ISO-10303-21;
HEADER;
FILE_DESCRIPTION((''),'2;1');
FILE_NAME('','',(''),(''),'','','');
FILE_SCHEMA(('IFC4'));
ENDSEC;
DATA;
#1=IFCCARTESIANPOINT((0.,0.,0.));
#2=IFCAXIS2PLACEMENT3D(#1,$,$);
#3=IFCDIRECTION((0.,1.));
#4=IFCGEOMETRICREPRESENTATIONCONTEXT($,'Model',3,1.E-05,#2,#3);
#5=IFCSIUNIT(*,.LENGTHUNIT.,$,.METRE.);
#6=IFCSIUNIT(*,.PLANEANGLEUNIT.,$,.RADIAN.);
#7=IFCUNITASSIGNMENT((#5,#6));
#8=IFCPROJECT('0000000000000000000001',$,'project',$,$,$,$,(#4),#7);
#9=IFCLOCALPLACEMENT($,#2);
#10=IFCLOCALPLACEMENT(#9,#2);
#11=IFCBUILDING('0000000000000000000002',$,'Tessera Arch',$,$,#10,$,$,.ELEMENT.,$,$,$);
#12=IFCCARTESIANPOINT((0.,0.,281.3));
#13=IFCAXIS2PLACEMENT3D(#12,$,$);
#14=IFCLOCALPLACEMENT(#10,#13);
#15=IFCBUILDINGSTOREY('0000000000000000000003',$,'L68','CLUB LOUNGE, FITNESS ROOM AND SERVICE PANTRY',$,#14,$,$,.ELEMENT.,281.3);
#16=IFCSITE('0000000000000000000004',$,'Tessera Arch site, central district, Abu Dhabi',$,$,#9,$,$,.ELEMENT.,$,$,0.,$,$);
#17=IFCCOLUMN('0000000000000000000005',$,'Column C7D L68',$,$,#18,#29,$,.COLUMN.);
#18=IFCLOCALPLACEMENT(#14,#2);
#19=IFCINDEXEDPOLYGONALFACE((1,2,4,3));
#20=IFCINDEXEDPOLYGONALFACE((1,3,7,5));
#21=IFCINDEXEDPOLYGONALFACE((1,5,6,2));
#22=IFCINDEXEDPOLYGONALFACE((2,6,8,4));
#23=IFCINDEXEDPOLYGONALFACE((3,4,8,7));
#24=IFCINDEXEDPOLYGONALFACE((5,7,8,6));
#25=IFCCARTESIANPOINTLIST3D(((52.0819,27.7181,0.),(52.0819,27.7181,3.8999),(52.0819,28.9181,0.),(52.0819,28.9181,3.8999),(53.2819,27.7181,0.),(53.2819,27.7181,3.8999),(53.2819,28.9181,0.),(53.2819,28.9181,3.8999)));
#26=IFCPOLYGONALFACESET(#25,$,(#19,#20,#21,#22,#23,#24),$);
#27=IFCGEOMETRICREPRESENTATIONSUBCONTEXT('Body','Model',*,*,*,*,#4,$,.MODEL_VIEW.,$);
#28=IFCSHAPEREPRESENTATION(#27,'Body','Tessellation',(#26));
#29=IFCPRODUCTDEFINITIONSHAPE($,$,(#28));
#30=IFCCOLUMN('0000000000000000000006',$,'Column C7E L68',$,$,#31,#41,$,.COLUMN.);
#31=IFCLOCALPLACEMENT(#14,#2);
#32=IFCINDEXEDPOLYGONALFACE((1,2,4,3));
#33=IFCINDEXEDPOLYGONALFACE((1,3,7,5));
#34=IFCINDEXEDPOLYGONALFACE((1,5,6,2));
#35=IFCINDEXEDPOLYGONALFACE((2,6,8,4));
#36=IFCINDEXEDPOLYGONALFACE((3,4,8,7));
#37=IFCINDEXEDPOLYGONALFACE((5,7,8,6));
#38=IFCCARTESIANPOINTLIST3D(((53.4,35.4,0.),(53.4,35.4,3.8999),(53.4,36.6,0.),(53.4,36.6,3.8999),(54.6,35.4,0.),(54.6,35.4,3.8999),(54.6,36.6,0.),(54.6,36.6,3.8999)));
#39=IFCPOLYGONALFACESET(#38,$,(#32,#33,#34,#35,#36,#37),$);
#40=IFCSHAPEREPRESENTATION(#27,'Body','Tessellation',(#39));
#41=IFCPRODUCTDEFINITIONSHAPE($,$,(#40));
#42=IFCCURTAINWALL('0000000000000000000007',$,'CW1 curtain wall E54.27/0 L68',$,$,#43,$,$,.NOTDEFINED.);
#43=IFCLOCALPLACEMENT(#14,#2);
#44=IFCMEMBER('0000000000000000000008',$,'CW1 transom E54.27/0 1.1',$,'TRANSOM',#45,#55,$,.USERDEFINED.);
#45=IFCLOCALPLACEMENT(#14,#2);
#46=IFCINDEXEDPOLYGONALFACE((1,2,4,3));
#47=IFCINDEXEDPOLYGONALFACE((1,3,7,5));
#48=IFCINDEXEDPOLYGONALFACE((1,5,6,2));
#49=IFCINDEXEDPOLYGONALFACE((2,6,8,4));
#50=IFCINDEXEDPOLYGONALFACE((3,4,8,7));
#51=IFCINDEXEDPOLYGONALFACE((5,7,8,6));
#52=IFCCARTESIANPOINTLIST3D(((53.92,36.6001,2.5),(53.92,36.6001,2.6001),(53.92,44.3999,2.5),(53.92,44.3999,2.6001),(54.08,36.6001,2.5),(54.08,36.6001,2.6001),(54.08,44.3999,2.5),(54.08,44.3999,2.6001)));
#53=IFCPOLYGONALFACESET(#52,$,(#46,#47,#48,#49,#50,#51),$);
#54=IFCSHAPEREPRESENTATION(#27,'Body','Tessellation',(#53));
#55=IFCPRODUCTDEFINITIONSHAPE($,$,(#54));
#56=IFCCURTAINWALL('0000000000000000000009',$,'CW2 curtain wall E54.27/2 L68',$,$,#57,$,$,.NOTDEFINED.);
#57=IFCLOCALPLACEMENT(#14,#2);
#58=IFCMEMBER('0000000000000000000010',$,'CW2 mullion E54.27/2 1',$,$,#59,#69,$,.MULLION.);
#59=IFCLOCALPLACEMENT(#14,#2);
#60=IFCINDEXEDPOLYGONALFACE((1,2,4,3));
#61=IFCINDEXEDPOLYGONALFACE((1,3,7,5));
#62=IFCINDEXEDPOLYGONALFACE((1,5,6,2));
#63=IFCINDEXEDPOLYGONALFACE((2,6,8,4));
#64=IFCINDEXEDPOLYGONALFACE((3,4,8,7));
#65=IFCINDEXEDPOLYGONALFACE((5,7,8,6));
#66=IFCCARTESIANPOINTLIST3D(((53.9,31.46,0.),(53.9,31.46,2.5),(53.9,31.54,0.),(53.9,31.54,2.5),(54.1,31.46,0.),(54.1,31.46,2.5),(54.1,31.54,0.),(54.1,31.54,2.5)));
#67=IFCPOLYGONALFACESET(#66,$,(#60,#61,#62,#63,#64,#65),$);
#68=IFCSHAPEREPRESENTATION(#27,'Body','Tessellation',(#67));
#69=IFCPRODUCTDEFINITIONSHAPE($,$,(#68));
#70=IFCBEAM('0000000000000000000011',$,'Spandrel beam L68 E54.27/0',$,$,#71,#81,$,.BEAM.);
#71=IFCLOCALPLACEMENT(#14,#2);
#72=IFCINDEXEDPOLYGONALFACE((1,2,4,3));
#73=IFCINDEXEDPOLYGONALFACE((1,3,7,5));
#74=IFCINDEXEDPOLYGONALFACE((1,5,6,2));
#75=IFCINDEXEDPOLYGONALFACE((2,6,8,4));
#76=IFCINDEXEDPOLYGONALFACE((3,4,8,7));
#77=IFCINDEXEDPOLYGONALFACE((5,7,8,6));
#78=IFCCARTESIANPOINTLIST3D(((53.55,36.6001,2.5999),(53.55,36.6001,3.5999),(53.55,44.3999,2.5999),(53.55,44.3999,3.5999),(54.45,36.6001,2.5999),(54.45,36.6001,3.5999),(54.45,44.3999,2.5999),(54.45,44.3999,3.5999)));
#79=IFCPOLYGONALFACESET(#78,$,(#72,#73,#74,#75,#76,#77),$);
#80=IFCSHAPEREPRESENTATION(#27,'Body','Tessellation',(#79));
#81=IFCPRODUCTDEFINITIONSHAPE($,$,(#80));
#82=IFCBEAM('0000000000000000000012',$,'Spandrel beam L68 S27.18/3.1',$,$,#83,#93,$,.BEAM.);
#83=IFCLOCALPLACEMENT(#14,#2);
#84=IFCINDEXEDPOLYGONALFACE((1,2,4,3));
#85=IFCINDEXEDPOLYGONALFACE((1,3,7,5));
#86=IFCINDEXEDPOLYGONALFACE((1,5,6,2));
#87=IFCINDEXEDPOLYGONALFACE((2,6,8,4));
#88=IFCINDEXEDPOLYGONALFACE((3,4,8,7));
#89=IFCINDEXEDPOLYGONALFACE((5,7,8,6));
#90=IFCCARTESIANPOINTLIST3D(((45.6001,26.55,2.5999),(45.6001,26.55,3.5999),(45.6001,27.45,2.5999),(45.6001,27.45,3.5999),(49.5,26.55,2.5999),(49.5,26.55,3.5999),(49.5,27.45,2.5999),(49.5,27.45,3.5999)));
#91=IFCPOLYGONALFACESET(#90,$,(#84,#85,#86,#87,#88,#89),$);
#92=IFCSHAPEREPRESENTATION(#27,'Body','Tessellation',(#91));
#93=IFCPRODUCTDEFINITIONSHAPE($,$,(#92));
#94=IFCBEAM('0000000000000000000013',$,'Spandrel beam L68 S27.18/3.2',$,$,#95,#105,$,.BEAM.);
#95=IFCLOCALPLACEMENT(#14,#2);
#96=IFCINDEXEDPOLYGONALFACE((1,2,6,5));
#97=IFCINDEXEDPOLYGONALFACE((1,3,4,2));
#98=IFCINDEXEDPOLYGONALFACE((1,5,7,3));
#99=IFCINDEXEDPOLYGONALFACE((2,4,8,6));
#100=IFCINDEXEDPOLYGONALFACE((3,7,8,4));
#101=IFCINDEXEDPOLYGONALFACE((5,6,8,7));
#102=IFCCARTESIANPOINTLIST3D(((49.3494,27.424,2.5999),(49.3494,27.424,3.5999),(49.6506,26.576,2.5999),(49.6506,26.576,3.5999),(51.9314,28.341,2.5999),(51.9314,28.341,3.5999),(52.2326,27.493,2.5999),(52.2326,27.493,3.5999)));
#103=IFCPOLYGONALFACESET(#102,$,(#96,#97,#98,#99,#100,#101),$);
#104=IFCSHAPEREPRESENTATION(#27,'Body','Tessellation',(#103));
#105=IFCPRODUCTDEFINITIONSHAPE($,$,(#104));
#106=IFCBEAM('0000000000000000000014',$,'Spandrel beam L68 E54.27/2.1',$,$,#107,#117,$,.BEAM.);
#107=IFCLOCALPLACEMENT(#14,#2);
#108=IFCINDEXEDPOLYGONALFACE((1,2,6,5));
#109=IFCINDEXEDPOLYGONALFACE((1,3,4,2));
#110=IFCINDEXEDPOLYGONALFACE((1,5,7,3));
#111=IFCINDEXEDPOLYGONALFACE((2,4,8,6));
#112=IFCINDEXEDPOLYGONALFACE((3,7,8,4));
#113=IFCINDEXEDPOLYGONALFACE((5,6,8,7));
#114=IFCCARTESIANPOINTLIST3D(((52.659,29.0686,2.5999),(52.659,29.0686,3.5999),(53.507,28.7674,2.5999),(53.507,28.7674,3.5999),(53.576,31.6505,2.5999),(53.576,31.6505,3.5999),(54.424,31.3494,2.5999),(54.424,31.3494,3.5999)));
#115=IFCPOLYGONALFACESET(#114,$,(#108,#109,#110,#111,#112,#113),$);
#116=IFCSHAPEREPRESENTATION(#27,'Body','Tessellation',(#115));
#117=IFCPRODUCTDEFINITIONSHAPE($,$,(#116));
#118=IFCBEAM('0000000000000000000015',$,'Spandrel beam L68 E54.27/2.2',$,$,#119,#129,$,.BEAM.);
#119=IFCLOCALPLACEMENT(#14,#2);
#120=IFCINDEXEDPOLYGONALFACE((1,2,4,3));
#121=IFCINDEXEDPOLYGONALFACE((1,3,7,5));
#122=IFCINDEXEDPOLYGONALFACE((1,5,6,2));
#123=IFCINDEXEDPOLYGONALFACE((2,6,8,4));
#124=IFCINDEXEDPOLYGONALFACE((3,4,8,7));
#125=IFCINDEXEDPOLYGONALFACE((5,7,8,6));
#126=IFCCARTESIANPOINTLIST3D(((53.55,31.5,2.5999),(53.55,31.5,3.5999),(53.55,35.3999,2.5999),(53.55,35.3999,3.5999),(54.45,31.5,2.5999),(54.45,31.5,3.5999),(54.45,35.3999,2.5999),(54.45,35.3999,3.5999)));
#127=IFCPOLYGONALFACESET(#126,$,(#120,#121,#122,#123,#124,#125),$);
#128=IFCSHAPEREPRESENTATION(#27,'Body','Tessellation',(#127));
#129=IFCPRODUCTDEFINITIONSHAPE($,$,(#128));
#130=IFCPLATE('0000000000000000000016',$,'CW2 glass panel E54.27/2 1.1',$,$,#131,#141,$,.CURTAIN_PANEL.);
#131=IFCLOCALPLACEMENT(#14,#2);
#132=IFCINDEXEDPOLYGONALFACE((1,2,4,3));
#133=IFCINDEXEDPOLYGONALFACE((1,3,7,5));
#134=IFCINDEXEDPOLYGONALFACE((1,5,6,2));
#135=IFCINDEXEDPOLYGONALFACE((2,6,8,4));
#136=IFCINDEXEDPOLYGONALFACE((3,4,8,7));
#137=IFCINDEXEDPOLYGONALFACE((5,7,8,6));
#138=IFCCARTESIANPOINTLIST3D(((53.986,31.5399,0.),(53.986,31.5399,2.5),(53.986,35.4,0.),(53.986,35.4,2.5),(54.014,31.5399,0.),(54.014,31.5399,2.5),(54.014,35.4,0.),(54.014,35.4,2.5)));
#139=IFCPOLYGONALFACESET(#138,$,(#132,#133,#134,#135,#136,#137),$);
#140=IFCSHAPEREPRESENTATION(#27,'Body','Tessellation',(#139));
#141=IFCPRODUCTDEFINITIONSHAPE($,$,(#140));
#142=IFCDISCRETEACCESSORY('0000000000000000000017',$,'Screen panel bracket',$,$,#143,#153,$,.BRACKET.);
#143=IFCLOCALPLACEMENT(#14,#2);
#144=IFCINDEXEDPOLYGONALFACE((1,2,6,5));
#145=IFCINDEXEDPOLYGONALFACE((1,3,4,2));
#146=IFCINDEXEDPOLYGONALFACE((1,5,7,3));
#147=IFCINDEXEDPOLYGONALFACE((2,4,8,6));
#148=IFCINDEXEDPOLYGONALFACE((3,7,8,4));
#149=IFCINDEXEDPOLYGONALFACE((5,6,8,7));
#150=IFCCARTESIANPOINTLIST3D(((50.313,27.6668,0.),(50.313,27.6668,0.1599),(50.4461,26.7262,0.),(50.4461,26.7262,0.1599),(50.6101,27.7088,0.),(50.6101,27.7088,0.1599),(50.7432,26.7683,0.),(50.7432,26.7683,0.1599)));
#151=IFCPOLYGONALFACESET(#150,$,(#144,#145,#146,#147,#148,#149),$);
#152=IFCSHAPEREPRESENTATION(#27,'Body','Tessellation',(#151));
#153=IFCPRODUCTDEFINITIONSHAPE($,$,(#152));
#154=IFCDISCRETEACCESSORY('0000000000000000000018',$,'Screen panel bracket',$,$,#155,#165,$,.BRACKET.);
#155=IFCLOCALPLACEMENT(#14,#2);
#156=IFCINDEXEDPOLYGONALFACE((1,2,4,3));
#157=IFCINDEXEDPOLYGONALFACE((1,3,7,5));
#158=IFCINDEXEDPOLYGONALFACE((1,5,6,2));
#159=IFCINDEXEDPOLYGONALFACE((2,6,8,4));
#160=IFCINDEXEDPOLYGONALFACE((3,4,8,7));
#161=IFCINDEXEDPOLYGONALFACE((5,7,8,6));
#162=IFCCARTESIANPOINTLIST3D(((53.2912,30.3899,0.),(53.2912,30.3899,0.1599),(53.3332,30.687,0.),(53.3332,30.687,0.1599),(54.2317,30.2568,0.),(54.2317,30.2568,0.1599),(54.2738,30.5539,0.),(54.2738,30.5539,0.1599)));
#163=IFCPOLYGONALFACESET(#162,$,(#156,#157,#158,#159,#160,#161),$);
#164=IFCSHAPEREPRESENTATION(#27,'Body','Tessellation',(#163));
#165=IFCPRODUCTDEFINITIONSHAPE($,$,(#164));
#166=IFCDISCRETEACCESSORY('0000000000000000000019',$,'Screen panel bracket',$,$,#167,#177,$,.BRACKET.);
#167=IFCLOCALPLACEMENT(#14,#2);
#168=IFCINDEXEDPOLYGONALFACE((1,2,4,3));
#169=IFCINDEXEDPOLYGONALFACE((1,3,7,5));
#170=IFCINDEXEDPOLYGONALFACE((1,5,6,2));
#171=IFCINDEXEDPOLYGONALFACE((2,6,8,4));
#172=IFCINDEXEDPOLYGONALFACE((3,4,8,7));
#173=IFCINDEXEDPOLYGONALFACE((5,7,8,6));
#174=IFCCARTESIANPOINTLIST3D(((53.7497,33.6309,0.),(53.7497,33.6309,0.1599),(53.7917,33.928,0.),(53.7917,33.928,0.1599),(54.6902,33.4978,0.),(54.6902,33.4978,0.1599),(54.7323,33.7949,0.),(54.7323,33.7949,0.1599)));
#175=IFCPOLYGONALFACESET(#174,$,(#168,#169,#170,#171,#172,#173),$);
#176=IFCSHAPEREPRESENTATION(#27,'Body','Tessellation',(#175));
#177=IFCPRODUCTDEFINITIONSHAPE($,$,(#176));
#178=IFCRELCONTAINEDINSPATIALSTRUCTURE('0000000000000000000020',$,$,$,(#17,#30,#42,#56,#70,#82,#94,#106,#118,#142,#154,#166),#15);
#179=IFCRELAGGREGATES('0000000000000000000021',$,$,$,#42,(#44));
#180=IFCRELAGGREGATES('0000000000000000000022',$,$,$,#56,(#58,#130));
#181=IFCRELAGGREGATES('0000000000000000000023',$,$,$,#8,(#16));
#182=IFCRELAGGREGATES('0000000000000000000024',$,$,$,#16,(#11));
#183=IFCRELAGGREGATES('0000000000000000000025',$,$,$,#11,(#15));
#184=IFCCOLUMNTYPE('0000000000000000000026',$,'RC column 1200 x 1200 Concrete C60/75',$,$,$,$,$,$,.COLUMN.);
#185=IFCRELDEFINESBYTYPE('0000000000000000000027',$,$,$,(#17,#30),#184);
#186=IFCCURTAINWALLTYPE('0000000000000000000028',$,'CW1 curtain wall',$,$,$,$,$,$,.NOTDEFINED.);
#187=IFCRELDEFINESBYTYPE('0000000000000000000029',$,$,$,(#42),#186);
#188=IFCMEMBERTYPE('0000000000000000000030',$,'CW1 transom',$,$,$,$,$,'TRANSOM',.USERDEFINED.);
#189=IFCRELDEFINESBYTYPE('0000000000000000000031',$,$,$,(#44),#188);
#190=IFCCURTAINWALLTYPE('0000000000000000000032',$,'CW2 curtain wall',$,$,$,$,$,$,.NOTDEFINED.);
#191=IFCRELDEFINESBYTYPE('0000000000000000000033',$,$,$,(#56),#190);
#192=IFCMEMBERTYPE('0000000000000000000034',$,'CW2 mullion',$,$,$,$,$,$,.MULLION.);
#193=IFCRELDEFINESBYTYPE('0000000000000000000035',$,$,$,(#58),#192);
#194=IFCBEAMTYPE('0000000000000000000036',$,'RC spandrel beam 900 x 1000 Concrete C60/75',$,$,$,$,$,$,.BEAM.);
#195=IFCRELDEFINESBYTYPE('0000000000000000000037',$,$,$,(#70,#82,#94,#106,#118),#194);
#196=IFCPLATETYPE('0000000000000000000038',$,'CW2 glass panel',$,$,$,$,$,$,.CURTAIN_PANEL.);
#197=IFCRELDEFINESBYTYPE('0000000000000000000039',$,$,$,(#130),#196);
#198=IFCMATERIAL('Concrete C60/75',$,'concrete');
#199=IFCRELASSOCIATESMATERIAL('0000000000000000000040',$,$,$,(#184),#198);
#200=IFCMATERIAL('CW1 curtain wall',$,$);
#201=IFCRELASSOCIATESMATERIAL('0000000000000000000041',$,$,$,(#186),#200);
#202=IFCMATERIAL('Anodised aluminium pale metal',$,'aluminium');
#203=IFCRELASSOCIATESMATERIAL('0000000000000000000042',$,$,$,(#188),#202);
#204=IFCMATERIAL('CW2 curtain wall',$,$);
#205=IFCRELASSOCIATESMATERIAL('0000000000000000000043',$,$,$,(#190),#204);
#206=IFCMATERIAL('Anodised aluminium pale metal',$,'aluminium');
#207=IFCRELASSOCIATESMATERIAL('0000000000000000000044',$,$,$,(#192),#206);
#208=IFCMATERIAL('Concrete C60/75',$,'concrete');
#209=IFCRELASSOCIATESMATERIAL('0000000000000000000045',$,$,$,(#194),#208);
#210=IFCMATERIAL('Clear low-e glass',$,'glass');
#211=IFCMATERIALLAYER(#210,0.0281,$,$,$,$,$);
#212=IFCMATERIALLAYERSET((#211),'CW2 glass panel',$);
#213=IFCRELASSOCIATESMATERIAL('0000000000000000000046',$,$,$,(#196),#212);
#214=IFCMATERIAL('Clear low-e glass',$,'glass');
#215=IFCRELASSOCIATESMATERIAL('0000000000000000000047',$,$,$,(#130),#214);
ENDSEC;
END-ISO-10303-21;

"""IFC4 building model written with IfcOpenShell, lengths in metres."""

from ifc_helpers import new_model, si_unit, direction, frame, origin, origin_2d, place, context, subcontext, project, spatial, rectangle, extrude, material, layer, layer_set, material_profile, profile_set, type_object, element, aggregate, save


model = new_model("IFC4")

# Units and contexts
model_context = context("Model", 3, precision=1e-05, world=origin(), true_north=direction((0.0, 1.0)))
body_context = subcontext(model_context, "Body", "Model", "MODEL_VIEW")
ifc_project = project(units=[si_unit("LENGTHUNIT", "METRE"), si_unit("PLANEANGLEUNIT", "RADIAN")], contexts=[model_context])

# Site, building, storey
site_placement = place(None, origin())
site = spatial("IfcSite", under=ifc_project, at=site_placement, Name="Tessera Arch site, central district, Abu Dhabi", CompositionType="ELEMENT", RefElevation=0.0)
building_placement = place(site_placement, origin())
building = spatial("IfcBuilding", under=site, at=building_placement, Name="Tessera Arch", CompositionType="ELEMENT")
storey_placement = place(building_placement, frame((0.0, 0.0, 281.3)))
storey = spatial("IfcBuildingStorey", under=building, at=storey_placement, Name="L68", Description="CLUB LOUNGE, FITNESS ROOM AND SERVICE PANTRY", CompositionType="ELEMENT", Elevation=281.3)

# Columns
ifc_material_1 = material(Name="Concrete C60/75", Category="concrete")
ifc_material_profile_1 = material_profile(ifc_material_1, rectangle(XDim=1.2, YDim=1.2, at=origin_2d()), Name="RC column 1200 x 1200 Concrete C60/75")
ifc_profile_set_1 = profile_set([ifc_material_profile_1], Name="Concrete C60/75")
column_type = type_object("IfcColumnType", Name="RC column 1200 x 1200 Concrete C60/75", PredefinedType="COLUMN", material=ifc_profile_set_1)
for number, where, z_axis, x_axis, name in (
    (1, (52.6819, 28.3181, 0.0), (0.0, 0.0, 1.0), (1.0, 0.0, 0.0), "Column C7D L68"),
    (2, (54.0, 36.0, 0.0), (0.0, 0.0, 1.0), (1.0, 0.0, 0.0), "Column C7E L68"),
):
    element("IfcColumn", number, at=place(storey_placement, frame(where, z_axis=z_axis, x_axis=x_axis)), inside=storey, type_object=column_type, Name=name, PredefinedType="COLUMN", context=body_context, shape_type="SweptSolid", body=[
        extrude(rectangle(XDim=1.2, YDim=1.2, at=origin_2d()), origin(), (0.0, 0.0, 1.0), 3.8999),
    ])

# Curtain walls, members
ifc_material_2 = material(Name="CW1 curtain wall")
curtain_wall_type_1 = type_object("IfcCurtainWallType", Name="CW1 curtain wall", PredefinedType="NOTDEFINED", material=ifc_material_2)
curtain_wall_1_placement = place(storey_placement, origin())
curtain_wall_1 = element("IfcCurtainWall", 3, at=curtain_wall_1_placement, inside=storey, type_object=curtain_wall_type_1, Name="CW1 curtain wall E54.27/0 L68", PredefinedType="NOTDEFINED")
ifc_material_3 = material(Name="Anodised aluminium pale metal", Category="aluminium")
ifc_material_profile_2 = material_profile(ifc_material_3, rectangle(XDim=0.1599, YDim=0.1001, at=origin_2d()), Name="AL 160x100")
ifc_profile_set_2 = profile_set([ifc_material_profile_2], Name="Anodised aluminium pale metal")
member_type_1 = type_object("IfcMemberType", Name="CW1 transom", ElementType="TRANSOM", PredefinedType="USERDEFINED", material=ifc_profile_set_2)
member_1_placement = place(storey_placement, frame((54.0, 36.6001, 2.55), z_axis=(0.0, 1.0, 0.0), x_axis=(-1.0, 0.0, 0.0)))
member_1 = element("IfcMember", 4, at=member_1_placement, type_object=member_type_1, Name="CW1 transom E54.27/0 1.1", ObjectType="TRANSOM", PredefinedType="USERDEFINED", context=body_context, shape_type="SweptSolid", body=[
    extrude(rectangle(XDim=0.1599, YDim=0.1001, at=origin_2d()), origin(), (0.0, 0.0, 1.0), 7.7998),
])
aggregate(curtain_wall_1, [member_1])
ifc_material_4 = material(Name="CW2 curtain wall")
curtain_wall_type_2 = type_object("IfcCurtainWallType", Name="CW2 curtain wall", PredefinedType="NOTDEFINED", material=ifc_material_4)
curtain_wall_2_placement = place(storey_placement, origin())
curtain_wall_2 = element("IfcCurtainWall", 5, at=curtain_wall_2_placement, inside=storey, type_object=curtain_wall_type_2, Name="CW2 curtain wall E54.27/2 L68", PredefinedType="NOTDEFINED")
ifc_material_5 = material(Name="Anodised aluminium pale metal", Category="aluminium")
ifc_material_profile_3 = material_profile(ifc_material_5, rectangle(XDim=0.2, YDim=0.0801, at=origin_2d()), Name="AL 80x200")
ifc_profile_set_3 = profile_set([ifc_material_profile_3], Name="Anodised aluminium pale metal")
member_type_2 = type_object("IfcMemberType", Name="CW2 mullion", PredefinedType="MULLION", material=ifc_profile_set_3)
member_2_placement = place(storey_placement, frame((54.0, 31.5, 0.0), z_axis=(0.0, 0.0, 1.0), x_axis=(-1.0, 0.0, 0.0)))
member_2 = element("IfcMember", 6, at=member_2_placement, type_object=member_type_2, Name="CW2 mullion E54.27/2 1", PredefinedType="MULLION", context=body_context, shape_type="SweptSolid", body=[
    extrude(rectangle(XDim=0.2, YDim=0.0801, at=origin_2d()), origin(), (0.0, 0.0, 1.0), 2.5),
])

# Beams
ifc_material_6 = material(Name="Concrete C60/75", Category="concrete")
ifc_material_profile_4 = material_profile(ifc_material_6, rectangle(XDim=0.8999, YDim=1.0, at=origin_2d()), Name="RC spandrel beam 900 x 1000 Concrete C60/75")
ifc_profile_set_4 = profile_set([ifc_material_profile_4], Name="Concrete C60/75")
beam_type = type_object("IfcBeamType", Name="RC spandrel beam 900 x 1000 Concrete C60/75", PredefinedType="BEAM", material=ifc_profile_set_4)
beam_1_placement = place(storey_placement, frame((54.0, 36.6001, 3.0999), z_axis=(0.0, 1.0, 0.0), x_axis=(-1.0, 0.0, 0.0)))
element("IfcBeam", 7, at=beam_1_placement, inside=storey, type_object=beam_type, Name="Spandrel beam L68 E54.27/0", PredefinedType="BEAM", context=body_context, shape_type="SweptSolid", body=[
    extrude(rectangle(XDim=0.8999, YDim=1.0, at=origin_2d()), origin(), (0.0, 0.0, 1.0), 7.7998),
])
beam_2_placement = place(storey_placement, frame((45.6001, 27.0, 3.0999), z_axis=(1.0, 0.0, 0.0), x_axis=(0.0, 1.0, 0.0)))
element("IfcBeam", 8, at=beam_2_placement, inside=storey, type_object=beam_type, Name="Spandrel beam L68 S27.18/3.1", PredefinedType="BEAM", context=body_context, shape_type="SweptSolid", body=[
    extrude(rectangle(XDim=0.8999, YDim=1.0, at=origin_2d()), origin(), (0.0, 0.0, 1.0), 3.8999),
])
for number, where, z_axis, x_axis, name in (
    (9, (49.5, 27.0, 3.0999), (0.942337, 0.334665, 0.0), (-0.334665, 0.942337, 0.0), "Spandrel beam L68 S27.18/3.2"),
    (10, (53.083, 28.918, 3.0999), (0.334665, 0.942337, 0.0), (-0.942337, 0.334665, 0.0), "Spandrel beam L68 E54.27/2.1"),
):
    element("IfcBeam", number, at=place(storey_placement, frame(where, z_axis=z_axis, x_axis=x_axis)), inside=storey, type_object=beam_type, Name=name, PredefinedType="BEAM", context=body_context, shape_type="SweptSolid", body=[
        extrude(rectangle(XDim=0.8999, YDim=1.0, at=origin_2d()), origin(), (0.0, 0.0, 1.0), 2.74),
    ])
beam_3_placement = place(storey_placement, frame((54.0, 31.5, 3.0999), z_axis=(0.0, 1.0, 0.0), x_axis=(-1.0, 0.0, 0.0)))
element("IfcBeam", 11, at=beam_3_placement, inside=storey, type_object=beam_type, Name="Spandrel beam L68 E54.27/2.2", PredefinedType="BEAM", context=body_context, shape_type="SweptSolid", body=[
    extrude(rectangle(XDim=0.8999, YDim=1.0, at=origin_2d()), origin(), (0.0, 0.0, 1.0), 3.8999),
])

# Plate
ifc_material_7 = material(Name="Clear low-e glass", Category="glass")
ifc_material_8 = material(Name="Clear low-e glass", Category="glass")
ifc_layer_1 = layer(ifc_material_8, 0.0281)
ifc_layer_set_1 = layer_set([ifc_layer_1], Name="CW2 glass panel")
plate_type = type_object("IfcPlateType", Name="CW2 glass panel", PredefinedType="CURTAIN_PANEL", material=ifc_layer_set_1)
plate_placement = place(storey_placement, frame((54.0, 33.47, 0.0), z_axis=(0.0, 0.0, 1.0), x_axis=(0.0, 1.0, 0.0)))
plate = element("IfcPlate", 12, at=plate_placement, type_object=plate_type, material=ifc_material_7, Name="CW2 glass panel E54.27/2 1.1", PredefinedType="CURTAIN_PANEL", context=body_context, shape_type="SweptSolid", body=[
    extrude(rectangle(XDim=3.8601, YDim=0.0281, at=origin_2d()), origin(), (0.0, 0.0, 1.0), 2.5),
])
aggregate(curtain_wall_2, [member_2, plate])

# Discrete accessories
for number, where, z_axis, x_axis, name in (
    (13, (50.5281, 27.2175, 0.0), (0.0, 0.0, 1.0), (0.140089, -0.990139, 0.0), "Screen panel bracket"),
    (14, (53.7825, 30.4719, 0.0), (0.0, 0.0, 1.0), (0.990139, -0.140089, 0.0), "Screen panel bracket"),
    (15, (54.241, 33.7129, 0.0), (0.0, 0.0, 1.0), (0.990139, -0.140089, 0.0), "Screen panel bracket"),
):
    element("IfcDiscreteAccessory", number, at=place(storey_placement, frame(where, z_axis=z_axis, x_axis=x_axis)), inside=storey, Name=name, PredefinedType="BRACKET", context=body_context, shape_type="SweptSolid", body=[
        extrude(rectangle(XDim=0.95, YDim=0.3, at=origin_2d()), origin(), (0.0, 0.0, 1.0), 0.1599),
    ])

save(model, "model.ifc")
